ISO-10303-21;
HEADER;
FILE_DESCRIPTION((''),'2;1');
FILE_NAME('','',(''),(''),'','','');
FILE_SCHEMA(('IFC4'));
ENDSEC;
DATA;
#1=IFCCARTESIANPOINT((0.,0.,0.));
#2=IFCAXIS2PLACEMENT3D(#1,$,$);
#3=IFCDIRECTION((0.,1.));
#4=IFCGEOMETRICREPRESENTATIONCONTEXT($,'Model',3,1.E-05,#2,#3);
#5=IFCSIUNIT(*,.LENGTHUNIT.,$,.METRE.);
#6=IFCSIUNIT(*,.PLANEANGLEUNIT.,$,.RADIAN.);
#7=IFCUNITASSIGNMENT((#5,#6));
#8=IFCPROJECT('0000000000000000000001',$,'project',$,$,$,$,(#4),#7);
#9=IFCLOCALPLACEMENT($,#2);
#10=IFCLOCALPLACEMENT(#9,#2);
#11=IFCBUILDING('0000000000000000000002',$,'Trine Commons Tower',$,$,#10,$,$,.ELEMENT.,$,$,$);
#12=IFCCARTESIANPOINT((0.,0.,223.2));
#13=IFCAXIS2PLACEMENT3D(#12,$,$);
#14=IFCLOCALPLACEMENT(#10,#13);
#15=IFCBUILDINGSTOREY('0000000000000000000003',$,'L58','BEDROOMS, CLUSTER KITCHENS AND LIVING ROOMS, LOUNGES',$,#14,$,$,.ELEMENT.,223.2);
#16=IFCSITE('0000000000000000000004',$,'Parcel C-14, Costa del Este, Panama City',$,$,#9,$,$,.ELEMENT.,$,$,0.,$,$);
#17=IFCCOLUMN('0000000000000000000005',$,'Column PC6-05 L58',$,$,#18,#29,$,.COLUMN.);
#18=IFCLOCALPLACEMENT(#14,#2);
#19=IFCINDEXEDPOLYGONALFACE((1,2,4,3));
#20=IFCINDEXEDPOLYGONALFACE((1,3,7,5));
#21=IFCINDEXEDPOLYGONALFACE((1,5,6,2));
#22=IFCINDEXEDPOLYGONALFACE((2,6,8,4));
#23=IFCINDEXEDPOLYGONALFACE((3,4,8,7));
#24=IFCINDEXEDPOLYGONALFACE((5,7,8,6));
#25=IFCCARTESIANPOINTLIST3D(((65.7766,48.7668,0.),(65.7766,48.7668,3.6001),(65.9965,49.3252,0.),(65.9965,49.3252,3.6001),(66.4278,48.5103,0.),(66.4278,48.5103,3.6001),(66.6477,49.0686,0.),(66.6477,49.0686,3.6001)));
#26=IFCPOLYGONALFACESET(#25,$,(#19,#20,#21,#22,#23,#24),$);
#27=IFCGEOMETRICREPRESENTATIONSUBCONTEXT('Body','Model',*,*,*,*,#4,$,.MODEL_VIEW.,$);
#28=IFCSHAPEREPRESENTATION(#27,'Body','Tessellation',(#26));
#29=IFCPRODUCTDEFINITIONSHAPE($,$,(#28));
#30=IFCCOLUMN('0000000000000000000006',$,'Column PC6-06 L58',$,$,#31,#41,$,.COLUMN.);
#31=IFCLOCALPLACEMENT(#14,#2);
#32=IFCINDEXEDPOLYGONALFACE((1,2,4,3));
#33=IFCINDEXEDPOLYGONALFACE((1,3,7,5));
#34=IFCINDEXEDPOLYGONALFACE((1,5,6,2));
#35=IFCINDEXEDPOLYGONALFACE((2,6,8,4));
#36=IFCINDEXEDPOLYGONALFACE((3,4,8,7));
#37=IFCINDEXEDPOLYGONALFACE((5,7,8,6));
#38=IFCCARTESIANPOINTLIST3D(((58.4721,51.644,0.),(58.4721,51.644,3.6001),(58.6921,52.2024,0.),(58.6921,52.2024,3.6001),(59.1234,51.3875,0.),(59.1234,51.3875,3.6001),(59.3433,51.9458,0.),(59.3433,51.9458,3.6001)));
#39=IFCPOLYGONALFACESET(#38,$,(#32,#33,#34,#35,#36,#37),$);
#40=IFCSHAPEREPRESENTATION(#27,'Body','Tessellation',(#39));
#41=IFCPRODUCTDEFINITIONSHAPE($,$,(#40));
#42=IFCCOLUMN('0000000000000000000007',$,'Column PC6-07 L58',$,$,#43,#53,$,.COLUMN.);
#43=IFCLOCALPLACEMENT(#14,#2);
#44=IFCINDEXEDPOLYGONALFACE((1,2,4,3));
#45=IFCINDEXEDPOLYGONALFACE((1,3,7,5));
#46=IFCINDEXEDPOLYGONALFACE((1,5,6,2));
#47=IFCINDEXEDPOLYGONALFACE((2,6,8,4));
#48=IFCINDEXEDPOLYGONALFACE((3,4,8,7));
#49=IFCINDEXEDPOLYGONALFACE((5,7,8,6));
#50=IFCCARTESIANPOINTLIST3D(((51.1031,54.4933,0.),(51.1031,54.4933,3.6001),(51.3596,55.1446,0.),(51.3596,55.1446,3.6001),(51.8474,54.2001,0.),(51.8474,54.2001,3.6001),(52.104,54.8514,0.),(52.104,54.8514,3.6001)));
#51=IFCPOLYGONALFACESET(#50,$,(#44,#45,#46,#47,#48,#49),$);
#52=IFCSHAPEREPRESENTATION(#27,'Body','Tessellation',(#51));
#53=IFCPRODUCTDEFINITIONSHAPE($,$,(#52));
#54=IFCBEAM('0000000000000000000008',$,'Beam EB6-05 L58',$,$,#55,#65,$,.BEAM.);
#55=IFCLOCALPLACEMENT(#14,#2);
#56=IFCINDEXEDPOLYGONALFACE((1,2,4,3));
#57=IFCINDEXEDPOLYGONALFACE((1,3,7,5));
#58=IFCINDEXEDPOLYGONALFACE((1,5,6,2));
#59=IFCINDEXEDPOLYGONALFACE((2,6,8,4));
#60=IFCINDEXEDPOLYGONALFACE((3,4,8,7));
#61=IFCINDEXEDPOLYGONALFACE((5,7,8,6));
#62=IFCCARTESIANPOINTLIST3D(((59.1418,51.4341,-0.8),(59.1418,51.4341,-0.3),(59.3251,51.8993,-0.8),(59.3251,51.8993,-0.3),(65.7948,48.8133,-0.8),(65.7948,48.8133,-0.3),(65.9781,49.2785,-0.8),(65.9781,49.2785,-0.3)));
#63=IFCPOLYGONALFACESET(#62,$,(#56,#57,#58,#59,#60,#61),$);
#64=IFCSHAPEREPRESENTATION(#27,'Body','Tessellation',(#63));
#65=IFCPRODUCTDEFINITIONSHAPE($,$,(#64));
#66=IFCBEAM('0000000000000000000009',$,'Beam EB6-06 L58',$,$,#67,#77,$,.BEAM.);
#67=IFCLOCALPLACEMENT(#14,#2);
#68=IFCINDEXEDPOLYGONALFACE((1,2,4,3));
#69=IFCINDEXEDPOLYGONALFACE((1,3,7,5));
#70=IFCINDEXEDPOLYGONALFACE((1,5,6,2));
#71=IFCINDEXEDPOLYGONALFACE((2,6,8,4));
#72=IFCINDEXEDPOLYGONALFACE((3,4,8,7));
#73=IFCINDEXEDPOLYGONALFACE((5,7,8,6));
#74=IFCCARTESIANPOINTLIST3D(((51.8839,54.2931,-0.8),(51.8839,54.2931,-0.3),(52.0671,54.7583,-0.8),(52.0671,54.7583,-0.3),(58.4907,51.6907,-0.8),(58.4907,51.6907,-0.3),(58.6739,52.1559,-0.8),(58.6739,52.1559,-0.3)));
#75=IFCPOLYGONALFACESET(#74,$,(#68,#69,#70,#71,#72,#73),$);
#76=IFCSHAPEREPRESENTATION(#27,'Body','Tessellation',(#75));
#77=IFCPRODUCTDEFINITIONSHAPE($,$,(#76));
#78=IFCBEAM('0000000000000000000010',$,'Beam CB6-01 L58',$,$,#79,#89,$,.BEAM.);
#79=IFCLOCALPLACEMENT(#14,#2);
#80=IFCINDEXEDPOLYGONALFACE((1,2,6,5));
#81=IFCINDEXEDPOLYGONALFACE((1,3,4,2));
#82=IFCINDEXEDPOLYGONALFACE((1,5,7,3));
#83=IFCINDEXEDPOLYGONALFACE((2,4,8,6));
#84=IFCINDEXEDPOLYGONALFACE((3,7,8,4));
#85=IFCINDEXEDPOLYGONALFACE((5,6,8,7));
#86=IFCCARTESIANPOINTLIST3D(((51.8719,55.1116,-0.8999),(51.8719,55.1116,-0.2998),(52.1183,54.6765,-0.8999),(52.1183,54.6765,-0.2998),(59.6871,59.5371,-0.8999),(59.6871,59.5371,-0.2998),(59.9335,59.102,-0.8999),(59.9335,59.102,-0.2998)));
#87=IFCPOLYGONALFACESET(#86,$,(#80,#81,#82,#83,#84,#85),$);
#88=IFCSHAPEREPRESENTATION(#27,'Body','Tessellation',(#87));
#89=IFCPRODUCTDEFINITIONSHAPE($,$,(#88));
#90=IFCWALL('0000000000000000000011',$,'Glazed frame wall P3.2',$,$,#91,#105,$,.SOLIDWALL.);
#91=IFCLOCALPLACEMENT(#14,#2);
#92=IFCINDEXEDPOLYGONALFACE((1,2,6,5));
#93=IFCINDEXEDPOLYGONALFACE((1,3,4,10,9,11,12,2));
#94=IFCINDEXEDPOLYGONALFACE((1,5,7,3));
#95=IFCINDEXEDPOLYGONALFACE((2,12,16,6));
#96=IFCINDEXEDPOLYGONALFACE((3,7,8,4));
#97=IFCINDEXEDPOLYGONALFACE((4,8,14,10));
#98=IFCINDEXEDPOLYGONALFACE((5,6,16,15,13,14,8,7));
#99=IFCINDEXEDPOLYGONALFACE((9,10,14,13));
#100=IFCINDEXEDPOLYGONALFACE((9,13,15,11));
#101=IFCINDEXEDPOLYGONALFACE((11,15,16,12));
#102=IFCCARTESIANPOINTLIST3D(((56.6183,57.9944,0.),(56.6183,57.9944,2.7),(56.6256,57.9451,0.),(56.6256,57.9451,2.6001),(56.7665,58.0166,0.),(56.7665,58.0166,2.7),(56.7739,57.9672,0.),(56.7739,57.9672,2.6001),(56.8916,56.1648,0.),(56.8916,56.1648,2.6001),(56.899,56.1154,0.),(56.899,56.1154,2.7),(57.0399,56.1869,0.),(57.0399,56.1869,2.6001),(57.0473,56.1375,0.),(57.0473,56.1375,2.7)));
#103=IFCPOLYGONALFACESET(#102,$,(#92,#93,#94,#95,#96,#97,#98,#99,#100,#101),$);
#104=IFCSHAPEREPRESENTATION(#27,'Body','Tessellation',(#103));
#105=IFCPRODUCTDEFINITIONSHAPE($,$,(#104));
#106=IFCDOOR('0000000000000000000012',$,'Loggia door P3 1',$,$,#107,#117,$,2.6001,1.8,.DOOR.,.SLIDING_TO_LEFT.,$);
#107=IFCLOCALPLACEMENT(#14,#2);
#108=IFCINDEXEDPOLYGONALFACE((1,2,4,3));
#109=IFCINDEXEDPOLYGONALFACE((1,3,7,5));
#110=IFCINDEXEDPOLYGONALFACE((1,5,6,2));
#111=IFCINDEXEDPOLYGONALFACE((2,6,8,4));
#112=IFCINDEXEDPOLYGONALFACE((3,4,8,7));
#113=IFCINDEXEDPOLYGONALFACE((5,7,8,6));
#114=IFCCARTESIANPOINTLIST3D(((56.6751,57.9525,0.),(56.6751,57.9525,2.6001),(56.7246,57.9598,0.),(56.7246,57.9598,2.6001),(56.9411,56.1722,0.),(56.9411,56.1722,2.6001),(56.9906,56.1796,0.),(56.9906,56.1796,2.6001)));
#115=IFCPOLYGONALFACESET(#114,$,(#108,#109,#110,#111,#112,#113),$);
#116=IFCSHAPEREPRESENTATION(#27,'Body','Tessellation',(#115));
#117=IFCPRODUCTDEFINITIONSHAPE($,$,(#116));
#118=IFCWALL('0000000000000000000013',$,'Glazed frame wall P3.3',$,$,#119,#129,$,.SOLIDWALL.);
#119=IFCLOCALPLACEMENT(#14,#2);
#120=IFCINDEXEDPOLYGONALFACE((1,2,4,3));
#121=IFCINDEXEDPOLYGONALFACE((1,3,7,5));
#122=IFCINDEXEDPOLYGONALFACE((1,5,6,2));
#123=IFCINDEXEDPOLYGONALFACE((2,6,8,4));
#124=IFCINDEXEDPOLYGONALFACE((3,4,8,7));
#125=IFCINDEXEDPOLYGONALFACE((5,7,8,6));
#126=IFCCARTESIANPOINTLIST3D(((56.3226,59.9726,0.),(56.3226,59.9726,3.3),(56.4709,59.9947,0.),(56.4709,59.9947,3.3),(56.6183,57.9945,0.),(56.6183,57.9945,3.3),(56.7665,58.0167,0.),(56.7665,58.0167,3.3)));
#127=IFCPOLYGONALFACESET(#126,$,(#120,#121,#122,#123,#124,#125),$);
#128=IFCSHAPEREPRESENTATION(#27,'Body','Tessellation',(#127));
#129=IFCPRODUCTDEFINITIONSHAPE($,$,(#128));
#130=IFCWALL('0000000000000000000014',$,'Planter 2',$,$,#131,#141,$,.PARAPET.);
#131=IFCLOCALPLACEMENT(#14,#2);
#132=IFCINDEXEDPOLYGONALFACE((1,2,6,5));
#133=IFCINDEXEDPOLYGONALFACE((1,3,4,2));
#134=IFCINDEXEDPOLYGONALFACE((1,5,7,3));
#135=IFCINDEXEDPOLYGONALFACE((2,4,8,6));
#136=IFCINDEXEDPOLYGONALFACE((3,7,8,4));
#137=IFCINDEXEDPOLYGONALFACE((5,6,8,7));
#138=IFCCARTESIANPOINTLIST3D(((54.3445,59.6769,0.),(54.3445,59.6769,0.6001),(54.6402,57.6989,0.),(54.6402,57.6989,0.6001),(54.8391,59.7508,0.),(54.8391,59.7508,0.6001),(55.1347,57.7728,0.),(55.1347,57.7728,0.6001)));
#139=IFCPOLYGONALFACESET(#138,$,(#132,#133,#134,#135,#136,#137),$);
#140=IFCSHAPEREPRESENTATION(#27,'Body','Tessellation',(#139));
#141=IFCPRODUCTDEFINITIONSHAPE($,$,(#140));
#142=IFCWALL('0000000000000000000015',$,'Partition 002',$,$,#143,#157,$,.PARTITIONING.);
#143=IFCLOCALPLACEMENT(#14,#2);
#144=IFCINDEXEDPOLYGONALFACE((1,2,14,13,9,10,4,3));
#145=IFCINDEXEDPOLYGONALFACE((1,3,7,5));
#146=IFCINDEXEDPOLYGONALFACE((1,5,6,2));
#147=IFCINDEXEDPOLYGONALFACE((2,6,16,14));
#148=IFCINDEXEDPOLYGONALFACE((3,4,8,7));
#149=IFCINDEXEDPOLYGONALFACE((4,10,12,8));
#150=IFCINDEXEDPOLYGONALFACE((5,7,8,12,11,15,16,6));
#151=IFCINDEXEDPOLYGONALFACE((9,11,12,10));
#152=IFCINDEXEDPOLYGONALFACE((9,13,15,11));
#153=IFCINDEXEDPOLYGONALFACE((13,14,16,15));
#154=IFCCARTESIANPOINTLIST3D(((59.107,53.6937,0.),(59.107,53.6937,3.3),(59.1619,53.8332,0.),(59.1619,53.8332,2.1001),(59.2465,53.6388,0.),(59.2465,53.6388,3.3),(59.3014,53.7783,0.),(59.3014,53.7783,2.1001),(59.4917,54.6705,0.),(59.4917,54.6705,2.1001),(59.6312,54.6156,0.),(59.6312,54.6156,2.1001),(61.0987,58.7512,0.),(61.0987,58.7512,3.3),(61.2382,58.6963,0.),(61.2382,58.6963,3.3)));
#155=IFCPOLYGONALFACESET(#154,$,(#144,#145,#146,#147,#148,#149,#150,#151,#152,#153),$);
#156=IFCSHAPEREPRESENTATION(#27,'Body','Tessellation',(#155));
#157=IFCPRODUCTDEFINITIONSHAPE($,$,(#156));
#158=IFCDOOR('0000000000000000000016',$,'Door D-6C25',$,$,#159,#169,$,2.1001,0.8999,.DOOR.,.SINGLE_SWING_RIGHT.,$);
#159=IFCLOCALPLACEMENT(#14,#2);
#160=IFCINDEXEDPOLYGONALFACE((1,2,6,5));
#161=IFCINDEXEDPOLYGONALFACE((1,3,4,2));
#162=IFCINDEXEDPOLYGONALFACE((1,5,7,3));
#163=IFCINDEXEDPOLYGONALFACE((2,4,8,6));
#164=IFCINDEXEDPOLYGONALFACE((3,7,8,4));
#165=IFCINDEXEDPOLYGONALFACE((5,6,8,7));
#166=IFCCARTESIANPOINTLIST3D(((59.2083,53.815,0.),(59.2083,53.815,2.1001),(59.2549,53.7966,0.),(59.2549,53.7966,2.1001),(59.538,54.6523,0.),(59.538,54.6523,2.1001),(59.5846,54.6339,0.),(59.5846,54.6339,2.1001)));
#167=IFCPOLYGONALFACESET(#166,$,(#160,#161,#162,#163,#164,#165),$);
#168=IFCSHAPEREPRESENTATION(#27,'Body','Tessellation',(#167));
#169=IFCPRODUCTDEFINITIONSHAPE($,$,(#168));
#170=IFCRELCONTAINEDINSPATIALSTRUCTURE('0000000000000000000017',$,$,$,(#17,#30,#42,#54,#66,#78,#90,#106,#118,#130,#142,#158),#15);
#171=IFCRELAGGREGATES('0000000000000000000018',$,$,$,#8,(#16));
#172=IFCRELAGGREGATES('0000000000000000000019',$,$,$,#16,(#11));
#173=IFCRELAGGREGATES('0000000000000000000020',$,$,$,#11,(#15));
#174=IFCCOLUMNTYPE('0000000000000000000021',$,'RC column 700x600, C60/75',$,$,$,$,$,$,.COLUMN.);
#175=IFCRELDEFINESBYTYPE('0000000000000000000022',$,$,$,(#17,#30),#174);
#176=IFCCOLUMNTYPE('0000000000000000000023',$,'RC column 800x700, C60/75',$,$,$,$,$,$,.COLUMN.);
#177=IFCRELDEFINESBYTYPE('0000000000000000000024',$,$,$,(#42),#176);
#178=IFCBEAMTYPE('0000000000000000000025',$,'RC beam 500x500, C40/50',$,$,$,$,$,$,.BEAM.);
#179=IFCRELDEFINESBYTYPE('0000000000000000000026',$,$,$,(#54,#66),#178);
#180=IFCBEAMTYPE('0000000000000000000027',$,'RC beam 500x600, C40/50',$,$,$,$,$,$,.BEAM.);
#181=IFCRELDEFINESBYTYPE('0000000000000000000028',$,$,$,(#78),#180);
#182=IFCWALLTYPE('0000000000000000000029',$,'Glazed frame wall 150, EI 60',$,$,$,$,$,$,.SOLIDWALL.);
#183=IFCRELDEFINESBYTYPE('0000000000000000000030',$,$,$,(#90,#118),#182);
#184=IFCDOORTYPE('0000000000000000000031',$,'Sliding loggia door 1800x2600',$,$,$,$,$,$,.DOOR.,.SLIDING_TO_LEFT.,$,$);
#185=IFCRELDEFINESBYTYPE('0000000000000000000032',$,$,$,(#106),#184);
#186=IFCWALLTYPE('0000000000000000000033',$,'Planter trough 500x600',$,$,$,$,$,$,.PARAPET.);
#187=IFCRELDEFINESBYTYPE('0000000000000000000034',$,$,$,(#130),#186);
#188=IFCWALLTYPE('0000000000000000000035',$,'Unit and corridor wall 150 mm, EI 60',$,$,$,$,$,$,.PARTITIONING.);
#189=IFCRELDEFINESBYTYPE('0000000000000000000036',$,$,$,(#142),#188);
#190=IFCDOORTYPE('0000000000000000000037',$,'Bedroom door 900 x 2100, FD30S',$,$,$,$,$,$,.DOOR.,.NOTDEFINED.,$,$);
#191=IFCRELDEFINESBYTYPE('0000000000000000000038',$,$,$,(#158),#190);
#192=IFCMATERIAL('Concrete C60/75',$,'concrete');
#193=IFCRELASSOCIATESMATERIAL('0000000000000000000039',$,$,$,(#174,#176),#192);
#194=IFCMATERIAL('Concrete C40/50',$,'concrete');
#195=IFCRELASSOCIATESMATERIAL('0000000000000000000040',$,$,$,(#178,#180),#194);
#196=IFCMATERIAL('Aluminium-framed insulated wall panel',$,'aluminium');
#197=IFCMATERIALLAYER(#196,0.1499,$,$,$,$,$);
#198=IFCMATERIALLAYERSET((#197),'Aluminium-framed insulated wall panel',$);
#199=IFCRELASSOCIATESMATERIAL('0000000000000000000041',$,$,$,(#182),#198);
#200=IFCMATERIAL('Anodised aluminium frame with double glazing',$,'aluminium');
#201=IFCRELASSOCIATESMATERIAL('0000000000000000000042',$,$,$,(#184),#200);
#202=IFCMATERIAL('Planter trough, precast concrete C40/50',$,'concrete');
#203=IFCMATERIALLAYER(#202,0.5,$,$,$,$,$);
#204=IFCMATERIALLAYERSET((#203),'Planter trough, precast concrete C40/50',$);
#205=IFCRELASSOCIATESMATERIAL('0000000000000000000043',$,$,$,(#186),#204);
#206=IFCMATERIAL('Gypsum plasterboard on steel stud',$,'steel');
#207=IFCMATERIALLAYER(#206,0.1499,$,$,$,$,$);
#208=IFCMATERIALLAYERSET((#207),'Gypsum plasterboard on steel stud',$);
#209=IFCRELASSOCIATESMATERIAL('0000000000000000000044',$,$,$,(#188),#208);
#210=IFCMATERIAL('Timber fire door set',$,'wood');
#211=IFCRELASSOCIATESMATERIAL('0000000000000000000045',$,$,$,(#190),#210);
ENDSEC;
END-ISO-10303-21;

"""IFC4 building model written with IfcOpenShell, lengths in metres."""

from ifc_helpers import new_model, si_unit, direction, frame, frame_2d, origin, origin_2d, place, context, subcontext, project, spatial, polyline, rectangle, outline, extrude, material, layer, layer_set, material_profile, profile_set, type_object, element, fill, save


model = new_model("IFC4")

# Units and contexts
model_context = context("Model", 3, precision=1e-05, world=origin(), true_north=direction((0.0, 1.0)))
body_context = subcontext(model_context, "Body", "Model", "MODEL_VIEW")
ifc_project = project(units=[si_unit("LENGTHUNIT", "METRE"), si_unit("PLANEANGLEUNIT", "RADIAN")], contexts=[model_context])

# Site, building, storey
site_placement = place(None, origin())
site = spatial("IfcSite", under=ifc_project, at=site_placement, Name="Parcel C-14, Costa del Este, Panama City", CompositionType="ELEMENT", RefElevation=0.0)
building_placement = place(site_placement, origin())
building = spatial("IfcBuilding", under=site, at=building_placement, Name="Trine Commons Tower", CompositionType="ELEMENT")
storey_placement = place(building_placement, frame((0.0, 0.0, 223.2)))
storey = spatial("IfcBuildingStorey", under=building, at=storey_placement, Name="L58", Description="BEDROOMS, CLUSTER KITCHENS AND LIVING ROOMS, LOUNGES", CompositionType="ELEMENT", Elevation=223.2)

# Columns
ifc_material_1 = material(Name="Concrete C60/75", Category="concrete")
ifc_material_profile_1 = material_profile(ifc_material_1, rectangle(XDim=0.7, YDim=0.6001, at=origin_2d()), Name="RC 700x600")
ifc_profile_set_1 = profile_set([ifc_material_profile_1], Name="Concrete C60/75")
column_type_1 = type_object("IfcColumnType", Name="RC column 700x600, C60/75", PredefinedType="COLUMN", material=ifc_profile_set_1)
for number, where, z_axis, x_axis, name in (
    (1, (66.2122, 48.9177, 0.0), (0.0, 0.0, 1.0), (-0.930418, 0.366501, 0.0), "Column PC6-05 L58"),
    (2, (58.9077, 51.7949, 0.0), (0.0, 0.0, 1.0), (-0.930418, 0.366501, 0.0), "Column PC6-06 L58"),
):
    element("IfcColumn", number, at=place(storey_placement, frame(where, z_axis=z_axis, x_axis=x_axis)), inside=storey, type_object=column_type_1, Name=name, PredefinedType="COLUMN", context=body_context, shape_type="SweptSolid", body=[
        extrude(rectangle(XDim=0.7, YDim=0.6001, at=origin_2d()), origin(), (0.0, 0.0, 1.0), 3.6001),
    ])
ifc_material_profile_2 = material_profile(ifc_material_1, rectangle(XDim=0.8, YDim=0.7, at=origin_2d()), Name="RC 800x700")
ifc_profile_set_2 = profile_set([ifc_material_profile_2], Name="Concrete C60/75")
column_type_2 = type_object("IfcColumnType", Name="RC column 800x700, C60/75", PredefinedType="COLUMN", material=ifc_profile_set_2)
column_placement = place(storey_placement, frame((51.6035, 54.6724, 0.0), z_axis=(0.0, 0.0, 1.0), x_axis=(-0.930418, 0.366501, 0.0)))
element("IfcColumn", 3, at=column_placement, inside=storey, type_object=column_type_2, Name="Column PC6-07 L58", PredefinedType="COLUMN", context=body_context, shape_type="SweptSolid", body=[
    extrude(rectangle(XDim=0.8, YDim=0.7, at=origin_2d()), origin(), (0.0, 0.0, 1.0), 3.6001),
])

# Beams
ifc_material_2 = material(Name="Concrete C40/50", Category="concrete")
ifc_material_profile_3 = material_profile(ifc_material_2, rectangle(XDim=0.5, YDim=0.5, at=origin_2d()), Name="RC 500x500")
ifc_profile_set_3 = profile_set([ifc_material_profile_3], Name="Concrete C40/50")
beam_type_1 = type_object("IfcBeamType", Name="RC beam 500x500, C40/50", PredefinedType="BEAM", material=ifc_profile_set_3)
beam_1_placement = place(storey_placement, frame((65.8865, 49.0459, -0.55), z_axis=(-0.930411, 0.366517, 0.0), x_axis=(-0.366517, -0.930411, 0.0)))
element("IfcBeam", 4, at=beam_1_placement, inside=storey, type_object=beam_type_1, Name="Beam EB6-05 L58", PredefinedType="BEAM", context=body_context, shape_type="SweptSolid", body=[
    extrude(rectangle(XDim=0.5, YDim=0.5, at=origin_2d()), origin(), (0.0, 0.0, 1.0), 7.1506),
])
beam_2_placement = place(storey_placement, frame((58.5823, 51.9233, -0.55), z_axis=(-0.930425, 0.366483, 0.0), x_axis=(-0.366483, -0.930425, 0.0)))
element("IfcBeam", 5, at=beam_2_placement, inside=storey, type_object=beam_type_1, Name="Beam EB6-06 L58", PredefinedType="BEAM", context=body_context, shape_type="SweptSolid", body=[
    extrude(rectangle(XDim=0.5, YDim=0.5, at=origin_2d()), origin(), (0.0, 0.0, 1.0), 7.1008),
])
ifc_material_profile_4 = material_profile(ifc_material_2, rectangle(XDim=0.5, YDim=0.6001, at=origin_2d()), Name="RC 500x600")
ifc_profile_set_4 = profile_set([ifc_material_profile_4], Name="Concrete C40/50")
beam_type_2 = type_object("IfcBeamType", Name="RC beam 500x600, C40/50", PredefinedType="BEAM", material=ifc_profile_set_4)
beam_3_placement = place(storey_placement, frame((51.9951, 54.894, -0.5999), z_axis=(0.870169, 0.492754, 0.0), x_axis=(-0.492754, 0.870169, 0.0)))
element("IfcBeam", 6, at=beam_3_placement, inside=storey, type_object=beam_type_2, Name="Beam CB6-01 L58", PredefinedType="BEAM", context=body_context, shape_type="SweptSolid", body=[
    extrude(rectangle(XDim=0.5, YDim=0.6001, at=origin_2d()), origin(), (0.0, 0.0, 1.0), 8.9812),
])

# Shared definitions
ifc_material_3 = material(Name="Aluminium-framed insulated wall panel", Category="aluminium")
ifc_layer_1 = layer(ifc_material_3, 0.1499)
ifc_layer_set_1 = layer_set([ifc_layer_1], Name="Aluminium-framed insulated wall panel")
wall_type_1 = type_object("IfcWallType", Name="Glazed frame wall 150, EI 60", PredefinedType="SOLIDWALL", material=ifc_layer_set_1)

# Wall, opening, door
wall_1_placement = place(storey_placement, frame((56.9731, 56.1265, 0.0), z_axis=(0.0, 0.0, 1.0), x_axis=(-0.147769, 0.989022, 0.0)))
wall_1 = element("IfcWall", 7, at=wall_1_placement, inside=storey, type_object=wall_type_1, Name="Glazed frame wall P3.2", PredefinedType="SOLIDWALL", context=body_context, shape_type="SweptSolid", body=[
    extrude(outline(polyline([(0.0, -0.075), (1.8999, -0.075), (1.8999, 0.075), (0.0, 0.075), (0.0, -0.075)])), origin(), (0.0, 0.0, 1.0), 2.7),
])
opening_1_placement = place(wall_1_placement, frame((0.05, 0.0, 0.0)))
opening_1 = element("IfcOpeningElement", 8, at=opening_1_placement, cuts=wall_1, PredefinedType="OPENING", context=body_context, shape_type="SweptSolid", body=[
    extrude(rectangle(XDim=1.8, YDim=2.6001, at=frame_2d((0.8999, 1.3))), frame((0.0, 0.085, 0.0), z_axis=(0.0, -1.0, 0.0), x_axis=(1.0, 0.0, 0.0)), (0.0, 0.0, 1.0), 0.1699),
])
ifc_material_4 = material(Name="Anodised aluminium frame with double glazing", Category="aluminium")
door_type_1 = type_object("IfcDoorType", Name="Sliding loggia door 1800x2600", OperationType="SLIDING_TO_LEFT", PredefinedType="DOOR", material=ifc_material_4)
door_1_placement = place(opening_1_placement, origin())
door_1 = element("IfcDoor", 9, at=door_1_placement, inside=storey, type_object=door_type_1, Name="Loggia door P3 1", OperationType="SLIDING_TO_LEFT", OverallHeight=2.6001, OverallWidth=1.8, PredefinedType="DOOR", context=body_context, shape_type="SweptSolid", body=[
    extrude(rectangle(XDim=1.8, YDim=2.6001, at=frame_2d((0.8999, 1.3))), frame((0.0, 0.0249, 0.0), z_axis=(0.0, -1.0, 0.0), x_axis=(1.0, 0.0, 0.0)), (0.0, 0.0, 1.0), 0.05),
])
fill(opening_1, door_1)

# Walls
wall_2_placement = place(storey_placement, frame((56.6924, 58.0056, 0.0), z_axis=(0.0, 0.0, 1.0), x_axis=(-0.147827, 0.989013, 0.0)))
element("IfcWall", 10, at=wall_2_placement, inside=storey, type_object=wall_type_1, Name="Glazed frame wall P3.3", PredefinedType="SOLIDWALL", context=body_context, shape_type="SweptSolid", body=[
    extrude(outline(polyline([(0.0, -0.075), (2.0, -0.075), (2.0, 0.075), (0.0, 0.075), (0.0, -0.075)])), origin(), (0.0, 0.0, 1.0), 3.3),
])
ifc_material_5 = material(Name="Planter trough, precast concrete C40/50", Category="concrete")
ifc_layer_2 = layer(ifc_material_5, 0.5)
ifc_layer_set_2 = layer_set([ifc_layer_2], Name="Planter trough, precast concrete C40/50")
wall_type_2 = type_object("IfcWallType", Name="Planter trough 500x600", PredefinedType="PARAPET", material=ifc_layer_set_2)
wall_3_placement = place(storey_placement, frame((54.8875, 57.7358, 0.0), z_axis=(0.0, 0.0, 1.0), x_axis=(-0.147827, 0.989013, 0.0)))
element("IfcWall", 11, at=wall_3_placement, inside=storey, type_object=wall_type_2, Name="Planter 2", PredefinedType="PARAPET", context=body_context, shape_type="SweptSolid", body=[
    extrude(rectangle(XDim=2.0, YDim=0.5, at=frame_2d((1.0, 0.0))), origin(), (0.0, 0.0, 1.0), 0.6001),
])

# Wall, opening, door
ifc_material_6 = material(Name="Gypsum plasterboard on steel stud", Category="steel")
ifc_layer_3 = layer(ifc_material_6, 0.1499)
ifc_layer_set_3 = layer_set([ifc_layer_3], Name="Gypsum plasterboard on steel stud")
wall_type_3 = type_object("IfcWallType", Name="Unit and corridor wall 150 mm, EI 60", PredefinedType="PARTITIONING", material=ifc_layer_set_3)
wall_4_placement = place(storey_placement, frame((59.1768, 53.6663, 0.0), z_axis=(0.0, 0.0, 1.0), x_axis=(0.366414, 0.930452, 0.0)))
wall_4 = element("IfcWall", 12, at=wall_4_placement, inside=storey, type_object=wall_type_3, Name="Partition 002", PredefinedType="PARTITIONING", context=body_context, shape_type="SweptSolid", body=[
    extrude(rectangle(XDim=5.4355, YDim=0.1499, at=frame_2d((2.7178, 0.0))), origin(), (0.0, 0.0, 1.0), 3.3),
])
opening_2_placement = place(wall_4_placement, frame((0.1499, 0.0, 0.0)))
opening_2 = element("IfcOpeningElement", 13, at=opening_2_placement, cuts=wall_4, PredefinedType="OPENING", context=body_context, shape_type="SweptSolid", body=[
    extrude(rectangle(XDim=0.8999, YDim=2.1001, at=frame_2d((0.45, 1.05))), frame((0.0, 0.085, 0.0), z_axis=(0.0, -1.0, 0.0), x_axis=(1.0, 0.0, 0.0)), (0.0, 0.0, 1.0), 0.1699),
])
ifc_material_7 = material(Name="Timber fire door set", Category="wood")
door_type_2 = type_object("IfcDoorType", Name="Bedroom door 900 x 2100, FD30S", OperationType="NOTDEFINED", PredefinedType="DOOR", material=ifc_material_7)
door_2_placement = place(opening_2_placement, frame((0.8999, 0.0, 0.0), z_axis=(0.0, 0.0, 1.0), x_axis=(-1.0, 0.0, 0.0)))
door_2 = element("IfcDoor", 14, at=door_2_placement, inside=storey, type_object=door_type_2, Name="Door D-6C25", OperationType="SINGLE_SWING_RIGHT", OverallHeight=2.1001, OverallWidth=0.8999, PredefinedType="DOOR", context=body_context, shape_type="SweptSolid", body=[
    extrude(rectangle(XDim=0.8999, YDim=2.1001, at=frame_2d((0.45, 1.05))), frame((0.0, 0.0249, 0.0), z_axis=(0.0, -1.0, 0.0), x_axis=(1.0, 0.0, 0.0)), (0.0, 0.0, 1.0), 0.05),
])
fill(opening_2, door_2)

save(model, "model.ifc")
